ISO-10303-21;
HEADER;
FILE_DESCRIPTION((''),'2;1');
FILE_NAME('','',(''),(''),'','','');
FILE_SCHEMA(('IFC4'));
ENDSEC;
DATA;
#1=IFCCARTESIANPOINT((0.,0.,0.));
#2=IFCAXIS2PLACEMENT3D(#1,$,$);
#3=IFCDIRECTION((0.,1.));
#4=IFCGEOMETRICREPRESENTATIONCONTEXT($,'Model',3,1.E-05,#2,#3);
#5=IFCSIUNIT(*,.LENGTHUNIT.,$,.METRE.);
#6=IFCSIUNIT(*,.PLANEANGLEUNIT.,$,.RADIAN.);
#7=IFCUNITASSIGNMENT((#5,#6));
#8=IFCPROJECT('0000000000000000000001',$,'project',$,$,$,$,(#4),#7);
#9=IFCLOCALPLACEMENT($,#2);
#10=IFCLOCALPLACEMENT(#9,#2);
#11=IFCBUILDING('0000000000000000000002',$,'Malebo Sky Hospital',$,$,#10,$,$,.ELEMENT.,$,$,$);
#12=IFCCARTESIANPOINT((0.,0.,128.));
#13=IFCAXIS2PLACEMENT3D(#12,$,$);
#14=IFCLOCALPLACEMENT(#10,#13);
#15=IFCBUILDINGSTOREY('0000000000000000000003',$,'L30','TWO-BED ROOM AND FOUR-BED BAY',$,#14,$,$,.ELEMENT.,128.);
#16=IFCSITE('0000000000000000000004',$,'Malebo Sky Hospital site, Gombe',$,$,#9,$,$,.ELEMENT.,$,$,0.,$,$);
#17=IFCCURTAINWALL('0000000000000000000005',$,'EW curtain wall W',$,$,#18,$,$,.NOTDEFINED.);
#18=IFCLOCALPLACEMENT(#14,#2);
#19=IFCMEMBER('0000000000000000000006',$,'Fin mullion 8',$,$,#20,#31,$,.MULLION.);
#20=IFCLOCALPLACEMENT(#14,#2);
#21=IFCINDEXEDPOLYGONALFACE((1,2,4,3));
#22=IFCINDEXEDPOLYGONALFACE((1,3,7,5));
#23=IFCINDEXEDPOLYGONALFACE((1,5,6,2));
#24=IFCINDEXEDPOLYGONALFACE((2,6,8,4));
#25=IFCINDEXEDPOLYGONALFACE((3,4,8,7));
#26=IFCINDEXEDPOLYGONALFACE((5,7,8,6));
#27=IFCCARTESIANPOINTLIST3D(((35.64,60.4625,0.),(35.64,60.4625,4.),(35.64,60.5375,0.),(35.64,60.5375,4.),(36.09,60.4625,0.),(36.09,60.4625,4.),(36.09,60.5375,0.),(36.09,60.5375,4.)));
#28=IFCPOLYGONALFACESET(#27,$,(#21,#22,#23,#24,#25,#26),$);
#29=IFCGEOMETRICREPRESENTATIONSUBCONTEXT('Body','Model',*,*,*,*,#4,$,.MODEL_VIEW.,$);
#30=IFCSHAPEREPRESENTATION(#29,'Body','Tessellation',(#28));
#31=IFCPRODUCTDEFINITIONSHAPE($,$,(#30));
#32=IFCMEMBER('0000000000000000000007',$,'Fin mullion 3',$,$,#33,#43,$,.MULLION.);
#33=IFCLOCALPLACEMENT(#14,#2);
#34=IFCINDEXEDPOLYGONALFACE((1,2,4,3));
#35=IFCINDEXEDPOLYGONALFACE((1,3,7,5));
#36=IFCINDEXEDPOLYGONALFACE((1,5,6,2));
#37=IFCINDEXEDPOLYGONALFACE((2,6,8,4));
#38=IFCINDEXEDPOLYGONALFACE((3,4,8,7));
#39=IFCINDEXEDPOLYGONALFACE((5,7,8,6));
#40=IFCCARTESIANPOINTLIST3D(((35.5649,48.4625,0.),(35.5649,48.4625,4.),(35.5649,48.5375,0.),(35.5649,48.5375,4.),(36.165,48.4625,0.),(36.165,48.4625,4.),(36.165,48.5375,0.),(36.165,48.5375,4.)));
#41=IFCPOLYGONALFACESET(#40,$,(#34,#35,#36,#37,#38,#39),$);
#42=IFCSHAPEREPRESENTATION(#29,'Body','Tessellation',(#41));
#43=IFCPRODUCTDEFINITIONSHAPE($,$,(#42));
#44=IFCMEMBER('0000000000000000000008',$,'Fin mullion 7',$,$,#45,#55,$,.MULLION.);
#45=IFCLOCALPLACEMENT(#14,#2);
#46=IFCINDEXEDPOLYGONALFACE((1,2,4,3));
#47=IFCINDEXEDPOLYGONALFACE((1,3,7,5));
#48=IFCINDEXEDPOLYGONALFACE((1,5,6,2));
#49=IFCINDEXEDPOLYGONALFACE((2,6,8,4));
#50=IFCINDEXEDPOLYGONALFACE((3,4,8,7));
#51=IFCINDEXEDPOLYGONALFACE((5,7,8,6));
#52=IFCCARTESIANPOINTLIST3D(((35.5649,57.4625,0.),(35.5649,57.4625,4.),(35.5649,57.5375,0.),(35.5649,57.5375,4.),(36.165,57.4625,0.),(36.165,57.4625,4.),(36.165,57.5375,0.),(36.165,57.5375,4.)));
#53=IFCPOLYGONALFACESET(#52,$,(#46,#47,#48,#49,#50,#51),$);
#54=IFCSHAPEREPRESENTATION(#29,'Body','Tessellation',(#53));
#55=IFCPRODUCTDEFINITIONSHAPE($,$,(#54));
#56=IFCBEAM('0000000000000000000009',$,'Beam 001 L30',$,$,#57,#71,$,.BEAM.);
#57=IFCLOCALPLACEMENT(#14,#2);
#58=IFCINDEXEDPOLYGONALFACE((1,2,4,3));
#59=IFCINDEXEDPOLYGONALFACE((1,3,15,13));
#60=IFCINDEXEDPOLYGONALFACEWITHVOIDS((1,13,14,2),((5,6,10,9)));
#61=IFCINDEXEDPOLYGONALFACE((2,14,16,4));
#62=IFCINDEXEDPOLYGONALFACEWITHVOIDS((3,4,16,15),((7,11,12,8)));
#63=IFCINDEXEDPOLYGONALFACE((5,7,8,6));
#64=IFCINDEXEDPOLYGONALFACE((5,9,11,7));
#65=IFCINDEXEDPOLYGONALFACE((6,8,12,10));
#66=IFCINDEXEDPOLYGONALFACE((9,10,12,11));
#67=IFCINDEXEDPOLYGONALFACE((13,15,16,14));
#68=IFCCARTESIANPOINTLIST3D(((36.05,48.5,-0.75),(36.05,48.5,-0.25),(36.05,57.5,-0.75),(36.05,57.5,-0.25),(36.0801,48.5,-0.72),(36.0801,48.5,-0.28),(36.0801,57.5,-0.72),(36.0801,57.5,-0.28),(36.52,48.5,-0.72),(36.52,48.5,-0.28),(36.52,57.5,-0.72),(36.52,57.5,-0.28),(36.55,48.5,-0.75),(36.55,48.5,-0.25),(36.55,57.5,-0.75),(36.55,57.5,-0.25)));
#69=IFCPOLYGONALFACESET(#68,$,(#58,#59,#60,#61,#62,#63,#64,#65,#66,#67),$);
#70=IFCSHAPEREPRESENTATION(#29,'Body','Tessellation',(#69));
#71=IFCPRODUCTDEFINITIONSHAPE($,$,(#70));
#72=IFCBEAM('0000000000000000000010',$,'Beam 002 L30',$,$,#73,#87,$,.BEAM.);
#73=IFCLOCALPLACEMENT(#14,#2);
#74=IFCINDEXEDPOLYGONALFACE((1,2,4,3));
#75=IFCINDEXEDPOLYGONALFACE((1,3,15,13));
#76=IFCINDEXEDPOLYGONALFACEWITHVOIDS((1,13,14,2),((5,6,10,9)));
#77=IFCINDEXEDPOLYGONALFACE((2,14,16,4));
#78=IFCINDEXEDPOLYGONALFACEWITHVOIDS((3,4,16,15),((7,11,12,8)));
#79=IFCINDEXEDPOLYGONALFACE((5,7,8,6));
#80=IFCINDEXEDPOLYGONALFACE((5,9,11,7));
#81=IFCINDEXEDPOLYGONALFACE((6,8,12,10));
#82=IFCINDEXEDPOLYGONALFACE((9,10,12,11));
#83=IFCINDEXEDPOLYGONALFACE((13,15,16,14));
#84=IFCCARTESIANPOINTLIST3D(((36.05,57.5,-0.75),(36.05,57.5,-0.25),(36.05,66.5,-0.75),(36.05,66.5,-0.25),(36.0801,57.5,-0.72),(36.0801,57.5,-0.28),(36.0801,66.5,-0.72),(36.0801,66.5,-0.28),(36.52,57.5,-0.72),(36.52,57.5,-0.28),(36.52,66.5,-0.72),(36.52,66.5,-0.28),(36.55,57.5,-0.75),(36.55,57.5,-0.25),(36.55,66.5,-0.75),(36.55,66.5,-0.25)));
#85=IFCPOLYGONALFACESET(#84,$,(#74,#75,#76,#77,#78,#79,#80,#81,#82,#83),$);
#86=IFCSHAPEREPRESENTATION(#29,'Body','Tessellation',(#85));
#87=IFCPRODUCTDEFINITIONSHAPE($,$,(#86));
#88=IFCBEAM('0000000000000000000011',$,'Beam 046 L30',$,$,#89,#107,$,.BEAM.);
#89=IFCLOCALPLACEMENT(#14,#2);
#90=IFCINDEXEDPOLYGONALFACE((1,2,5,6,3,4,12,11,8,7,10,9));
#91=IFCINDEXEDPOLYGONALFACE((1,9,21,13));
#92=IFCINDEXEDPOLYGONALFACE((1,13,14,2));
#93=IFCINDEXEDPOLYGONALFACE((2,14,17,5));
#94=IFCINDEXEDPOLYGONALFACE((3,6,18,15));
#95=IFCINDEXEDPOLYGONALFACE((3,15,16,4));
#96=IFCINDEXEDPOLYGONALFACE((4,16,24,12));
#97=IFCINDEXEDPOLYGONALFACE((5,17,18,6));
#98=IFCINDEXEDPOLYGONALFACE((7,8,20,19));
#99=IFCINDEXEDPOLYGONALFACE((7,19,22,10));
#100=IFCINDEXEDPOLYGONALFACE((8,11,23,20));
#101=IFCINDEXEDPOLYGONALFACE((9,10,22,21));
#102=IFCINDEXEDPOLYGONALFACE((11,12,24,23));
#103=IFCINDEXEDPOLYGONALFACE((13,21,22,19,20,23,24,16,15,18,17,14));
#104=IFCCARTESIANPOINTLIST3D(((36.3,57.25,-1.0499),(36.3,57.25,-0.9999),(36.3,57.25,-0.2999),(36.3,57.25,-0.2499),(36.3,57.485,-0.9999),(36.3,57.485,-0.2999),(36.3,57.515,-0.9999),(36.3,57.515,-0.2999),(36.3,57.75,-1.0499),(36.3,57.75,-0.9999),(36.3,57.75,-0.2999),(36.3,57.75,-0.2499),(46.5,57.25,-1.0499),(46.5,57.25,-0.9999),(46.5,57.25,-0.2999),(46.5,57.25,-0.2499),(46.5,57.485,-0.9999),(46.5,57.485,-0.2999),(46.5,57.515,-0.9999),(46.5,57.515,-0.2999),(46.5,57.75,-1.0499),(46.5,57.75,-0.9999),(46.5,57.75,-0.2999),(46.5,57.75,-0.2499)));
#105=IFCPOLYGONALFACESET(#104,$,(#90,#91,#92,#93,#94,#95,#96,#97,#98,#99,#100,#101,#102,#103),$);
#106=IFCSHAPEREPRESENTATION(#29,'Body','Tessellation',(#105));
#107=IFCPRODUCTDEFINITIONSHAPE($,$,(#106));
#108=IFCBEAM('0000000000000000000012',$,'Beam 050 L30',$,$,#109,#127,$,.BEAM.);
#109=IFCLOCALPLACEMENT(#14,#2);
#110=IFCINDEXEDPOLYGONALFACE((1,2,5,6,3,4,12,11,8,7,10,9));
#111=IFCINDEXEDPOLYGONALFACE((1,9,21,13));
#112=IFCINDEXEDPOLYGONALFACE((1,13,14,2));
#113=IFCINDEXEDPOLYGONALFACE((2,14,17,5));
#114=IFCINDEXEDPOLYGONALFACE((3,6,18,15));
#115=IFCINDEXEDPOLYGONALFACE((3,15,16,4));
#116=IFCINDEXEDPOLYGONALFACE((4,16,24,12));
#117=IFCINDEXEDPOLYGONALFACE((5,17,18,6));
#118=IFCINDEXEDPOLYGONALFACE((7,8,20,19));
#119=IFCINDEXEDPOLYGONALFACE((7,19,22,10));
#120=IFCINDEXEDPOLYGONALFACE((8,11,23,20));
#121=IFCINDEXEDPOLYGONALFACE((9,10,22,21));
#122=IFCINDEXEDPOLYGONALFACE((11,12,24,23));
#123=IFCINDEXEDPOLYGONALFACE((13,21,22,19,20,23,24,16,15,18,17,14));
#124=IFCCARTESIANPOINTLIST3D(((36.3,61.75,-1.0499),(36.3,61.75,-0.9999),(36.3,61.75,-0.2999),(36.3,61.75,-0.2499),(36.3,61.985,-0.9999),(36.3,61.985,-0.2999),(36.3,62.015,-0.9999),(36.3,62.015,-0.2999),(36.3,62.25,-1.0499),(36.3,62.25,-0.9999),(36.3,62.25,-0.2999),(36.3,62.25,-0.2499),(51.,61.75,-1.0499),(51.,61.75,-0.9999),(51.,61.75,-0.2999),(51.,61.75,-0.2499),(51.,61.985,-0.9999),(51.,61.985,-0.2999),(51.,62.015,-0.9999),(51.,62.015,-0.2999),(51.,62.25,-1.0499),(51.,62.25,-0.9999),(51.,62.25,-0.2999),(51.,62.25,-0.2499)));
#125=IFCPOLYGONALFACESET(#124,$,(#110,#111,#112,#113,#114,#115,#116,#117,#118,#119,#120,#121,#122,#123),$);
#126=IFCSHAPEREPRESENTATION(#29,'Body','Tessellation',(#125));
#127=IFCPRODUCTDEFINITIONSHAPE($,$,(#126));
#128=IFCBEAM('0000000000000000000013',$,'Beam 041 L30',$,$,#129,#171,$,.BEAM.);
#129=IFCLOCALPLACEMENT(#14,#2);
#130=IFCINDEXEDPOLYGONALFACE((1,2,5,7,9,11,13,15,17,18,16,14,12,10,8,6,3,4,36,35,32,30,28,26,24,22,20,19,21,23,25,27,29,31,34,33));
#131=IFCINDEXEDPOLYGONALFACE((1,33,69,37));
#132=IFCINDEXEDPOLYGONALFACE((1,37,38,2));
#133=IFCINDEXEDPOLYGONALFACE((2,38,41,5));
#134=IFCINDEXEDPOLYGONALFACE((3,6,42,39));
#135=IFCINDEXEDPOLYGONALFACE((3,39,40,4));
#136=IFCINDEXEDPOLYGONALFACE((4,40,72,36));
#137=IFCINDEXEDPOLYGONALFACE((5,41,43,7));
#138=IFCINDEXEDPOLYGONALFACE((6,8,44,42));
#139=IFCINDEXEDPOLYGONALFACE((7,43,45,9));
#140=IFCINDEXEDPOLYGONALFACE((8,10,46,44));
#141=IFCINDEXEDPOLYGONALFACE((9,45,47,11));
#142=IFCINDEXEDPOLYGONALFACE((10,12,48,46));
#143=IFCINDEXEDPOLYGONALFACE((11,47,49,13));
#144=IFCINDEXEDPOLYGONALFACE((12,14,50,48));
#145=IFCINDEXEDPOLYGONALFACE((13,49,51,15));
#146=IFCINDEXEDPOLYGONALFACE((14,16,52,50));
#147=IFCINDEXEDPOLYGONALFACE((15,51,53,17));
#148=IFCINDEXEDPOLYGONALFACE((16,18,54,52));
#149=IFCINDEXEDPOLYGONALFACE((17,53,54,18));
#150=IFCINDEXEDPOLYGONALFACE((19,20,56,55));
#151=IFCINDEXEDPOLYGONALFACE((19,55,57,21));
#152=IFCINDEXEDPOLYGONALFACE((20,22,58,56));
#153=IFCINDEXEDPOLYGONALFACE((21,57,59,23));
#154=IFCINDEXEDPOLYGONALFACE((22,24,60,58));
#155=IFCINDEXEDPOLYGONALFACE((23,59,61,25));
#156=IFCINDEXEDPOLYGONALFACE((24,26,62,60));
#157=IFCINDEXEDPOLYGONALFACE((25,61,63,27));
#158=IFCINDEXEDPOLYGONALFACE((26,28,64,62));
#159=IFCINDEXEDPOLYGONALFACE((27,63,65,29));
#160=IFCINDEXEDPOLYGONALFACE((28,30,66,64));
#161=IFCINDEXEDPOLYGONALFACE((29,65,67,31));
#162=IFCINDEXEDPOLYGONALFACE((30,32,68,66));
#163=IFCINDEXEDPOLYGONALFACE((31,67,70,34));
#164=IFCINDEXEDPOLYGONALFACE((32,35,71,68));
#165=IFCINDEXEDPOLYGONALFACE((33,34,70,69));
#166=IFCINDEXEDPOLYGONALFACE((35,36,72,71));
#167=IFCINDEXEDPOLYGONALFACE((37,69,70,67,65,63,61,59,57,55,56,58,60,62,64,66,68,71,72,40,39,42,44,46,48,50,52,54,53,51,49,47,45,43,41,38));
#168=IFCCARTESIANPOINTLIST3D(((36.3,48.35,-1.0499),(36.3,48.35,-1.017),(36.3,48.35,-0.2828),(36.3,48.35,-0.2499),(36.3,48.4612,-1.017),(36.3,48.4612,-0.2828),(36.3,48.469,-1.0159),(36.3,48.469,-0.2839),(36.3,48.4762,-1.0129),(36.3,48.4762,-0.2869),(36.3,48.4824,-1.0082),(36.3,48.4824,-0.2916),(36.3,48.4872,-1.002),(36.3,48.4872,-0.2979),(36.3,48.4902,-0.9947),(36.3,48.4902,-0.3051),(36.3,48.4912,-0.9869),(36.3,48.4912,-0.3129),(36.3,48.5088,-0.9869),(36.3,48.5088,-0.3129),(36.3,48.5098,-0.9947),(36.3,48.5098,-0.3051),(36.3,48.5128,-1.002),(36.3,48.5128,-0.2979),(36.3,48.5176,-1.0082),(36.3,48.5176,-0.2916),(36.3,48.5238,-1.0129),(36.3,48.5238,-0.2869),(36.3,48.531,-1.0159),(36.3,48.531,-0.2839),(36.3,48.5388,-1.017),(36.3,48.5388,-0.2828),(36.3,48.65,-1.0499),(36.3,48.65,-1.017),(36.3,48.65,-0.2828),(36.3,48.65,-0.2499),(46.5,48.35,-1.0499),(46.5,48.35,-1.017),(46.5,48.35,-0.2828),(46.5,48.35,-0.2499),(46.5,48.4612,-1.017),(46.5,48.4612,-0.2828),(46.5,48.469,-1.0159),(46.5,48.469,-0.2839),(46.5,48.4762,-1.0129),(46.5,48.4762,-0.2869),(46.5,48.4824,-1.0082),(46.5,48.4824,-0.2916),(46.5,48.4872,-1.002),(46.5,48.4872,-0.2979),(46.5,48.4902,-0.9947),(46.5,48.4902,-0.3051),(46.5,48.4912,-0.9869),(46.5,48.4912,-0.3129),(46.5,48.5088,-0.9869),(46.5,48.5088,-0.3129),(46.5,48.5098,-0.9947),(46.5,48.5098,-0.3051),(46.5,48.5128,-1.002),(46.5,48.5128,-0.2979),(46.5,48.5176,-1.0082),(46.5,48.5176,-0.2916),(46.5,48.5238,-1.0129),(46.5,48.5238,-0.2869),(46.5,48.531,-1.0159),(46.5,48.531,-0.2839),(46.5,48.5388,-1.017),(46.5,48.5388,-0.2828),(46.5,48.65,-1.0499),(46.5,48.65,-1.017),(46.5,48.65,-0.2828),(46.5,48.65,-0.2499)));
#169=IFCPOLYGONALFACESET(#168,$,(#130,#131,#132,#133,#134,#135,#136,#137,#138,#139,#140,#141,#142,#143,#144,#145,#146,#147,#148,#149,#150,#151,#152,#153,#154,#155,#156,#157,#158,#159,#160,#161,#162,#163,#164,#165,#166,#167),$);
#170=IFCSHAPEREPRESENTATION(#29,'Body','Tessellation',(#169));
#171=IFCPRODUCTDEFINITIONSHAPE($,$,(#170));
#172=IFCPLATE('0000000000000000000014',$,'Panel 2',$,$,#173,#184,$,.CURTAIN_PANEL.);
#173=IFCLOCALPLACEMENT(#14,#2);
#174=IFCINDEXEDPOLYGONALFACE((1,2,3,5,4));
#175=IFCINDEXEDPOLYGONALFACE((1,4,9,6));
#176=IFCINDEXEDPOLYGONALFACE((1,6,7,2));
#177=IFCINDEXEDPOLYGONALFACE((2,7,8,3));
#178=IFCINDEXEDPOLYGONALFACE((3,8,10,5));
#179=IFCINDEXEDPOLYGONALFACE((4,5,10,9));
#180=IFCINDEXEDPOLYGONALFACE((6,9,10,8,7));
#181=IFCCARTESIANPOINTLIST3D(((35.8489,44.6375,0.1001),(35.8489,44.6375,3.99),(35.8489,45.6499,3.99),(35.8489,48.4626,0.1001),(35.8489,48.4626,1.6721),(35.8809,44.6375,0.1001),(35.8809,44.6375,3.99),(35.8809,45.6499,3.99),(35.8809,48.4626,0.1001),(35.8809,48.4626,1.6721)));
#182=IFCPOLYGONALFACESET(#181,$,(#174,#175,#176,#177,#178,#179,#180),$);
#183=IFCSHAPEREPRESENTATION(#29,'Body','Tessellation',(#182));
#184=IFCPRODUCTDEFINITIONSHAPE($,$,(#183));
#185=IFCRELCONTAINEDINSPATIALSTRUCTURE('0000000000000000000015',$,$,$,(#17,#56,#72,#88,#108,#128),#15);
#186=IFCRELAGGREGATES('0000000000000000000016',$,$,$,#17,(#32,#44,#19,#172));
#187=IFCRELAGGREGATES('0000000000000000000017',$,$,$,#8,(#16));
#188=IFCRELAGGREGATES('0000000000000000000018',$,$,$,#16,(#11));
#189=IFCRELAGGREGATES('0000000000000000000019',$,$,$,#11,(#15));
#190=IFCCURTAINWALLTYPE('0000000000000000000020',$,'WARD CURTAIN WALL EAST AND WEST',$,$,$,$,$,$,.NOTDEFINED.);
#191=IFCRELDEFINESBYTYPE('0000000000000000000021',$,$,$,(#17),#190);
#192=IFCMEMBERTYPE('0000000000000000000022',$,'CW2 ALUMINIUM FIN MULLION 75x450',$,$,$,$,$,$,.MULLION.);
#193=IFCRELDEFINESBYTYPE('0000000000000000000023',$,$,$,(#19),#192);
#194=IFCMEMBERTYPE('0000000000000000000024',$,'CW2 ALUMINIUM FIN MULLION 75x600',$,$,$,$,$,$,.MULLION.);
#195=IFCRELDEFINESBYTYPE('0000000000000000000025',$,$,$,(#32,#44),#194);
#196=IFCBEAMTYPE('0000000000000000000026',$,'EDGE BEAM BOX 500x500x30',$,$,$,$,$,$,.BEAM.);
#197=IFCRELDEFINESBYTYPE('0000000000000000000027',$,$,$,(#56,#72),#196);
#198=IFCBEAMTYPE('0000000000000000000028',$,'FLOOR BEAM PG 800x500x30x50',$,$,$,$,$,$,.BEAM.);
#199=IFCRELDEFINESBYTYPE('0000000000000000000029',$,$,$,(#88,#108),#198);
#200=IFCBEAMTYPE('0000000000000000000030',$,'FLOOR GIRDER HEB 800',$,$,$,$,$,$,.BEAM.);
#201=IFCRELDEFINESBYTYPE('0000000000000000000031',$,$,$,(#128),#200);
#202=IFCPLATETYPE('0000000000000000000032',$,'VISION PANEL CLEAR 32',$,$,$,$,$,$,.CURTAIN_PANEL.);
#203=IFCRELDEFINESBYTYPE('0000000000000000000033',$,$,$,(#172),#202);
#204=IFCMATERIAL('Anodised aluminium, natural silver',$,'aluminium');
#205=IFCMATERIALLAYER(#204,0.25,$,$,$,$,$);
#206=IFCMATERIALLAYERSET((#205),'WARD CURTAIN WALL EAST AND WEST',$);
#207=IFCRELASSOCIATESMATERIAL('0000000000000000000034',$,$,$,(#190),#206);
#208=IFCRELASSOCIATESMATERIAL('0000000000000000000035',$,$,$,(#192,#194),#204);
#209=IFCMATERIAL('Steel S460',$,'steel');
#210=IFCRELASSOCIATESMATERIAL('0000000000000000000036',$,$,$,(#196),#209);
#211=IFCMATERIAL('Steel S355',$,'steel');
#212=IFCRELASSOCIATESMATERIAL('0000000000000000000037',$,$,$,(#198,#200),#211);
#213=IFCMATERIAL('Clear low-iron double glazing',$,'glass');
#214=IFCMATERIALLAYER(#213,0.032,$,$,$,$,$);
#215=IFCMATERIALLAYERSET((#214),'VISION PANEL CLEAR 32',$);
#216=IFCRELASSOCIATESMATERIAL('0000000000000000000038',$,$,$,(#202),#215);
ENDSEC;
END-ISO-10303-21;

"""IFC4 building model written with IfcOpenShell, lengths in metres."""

from ifc_helpers import new_model, si_unit, direction, frame, origin, origin_2d, place, context, subcontext, project, spatial, polyline, rectangle, hollow_rectangle, i_section, outline, extrude, material, layer, layer_set, material_profile, profile_set, type_object, element, aggregate, save


model = new_model("IFC4")

# Units and contexts
model_context = context("Model", 3, precision=1e-05, world=origin(), true_north=direction((0.0, 1.0)))
body_context = subcontext(model_context, "Body", "Model", "MODEL_VIEW")
ifc_project = project(units=[si_unit("LENGTHUNIT", "METRE"), si_unit("PLANEANGLEUNIT", "RADIAN")], contexts=[model_context])

# Site, building, storey
site_placement = place(None, origin())
site = spatial("IfcSite", under=ifc_project, at=site_placement, Name="Malebo Sky Hospital site, Gombe", CompositionType="ELEMENT", RefElevation=0.0)
building_placement = place(site_placement, origin())
building = spatial("IfcBuilding", under=site, at=building_placement, Name="Malebo Sky Hospital", CompositionType="ELEMENT")
storey_placement = place(building_placement, frame((0.0, 0.0, 128.0)))
storey = spatial("IfcBuildingStorey", under=building, at=storey_placement, Name="L30", Description="TWO-BED ROOM AND FOUR-BED BAY", CompositionType="ELEMENT", Elevation=128.0)

# Shared definitions
ifc_material_1 = material(Name="Steel S460", Category="steel")

# Curtain wall
ifc_material_2 = material(Name="Anodised aluminium, natural silver", Category="aluminium")
ifc_layer_1 = layer(ifc_material_2, 0.25)
ifc_layer_set_1 = layer_set([ifc_layer_1], Name="WARD CURTAIN WALL EAST AND WEST")
curtain_wall_type = type_object("IfcCurtainWallType", Name="WARD CURTAIN WALL EAST AND WEST", PredefinedType="NOTDEFINED", material=ifc_layer_set_1)
curtain_wall_placement = place(storey_placement, origin())
curtain_wall = element("IfcCurtainWall", 1, at=curtain_wall_placement, inside=storey, type_object=curtain_wall_type, Name="EW curtain wall W", PredefinedType="NOTDEFINED")

# Members
ifc_material_3 = material(Name="Steel S355", Category="steel")
ifc_material_profile_1 = material_profile(ifc_material_2, rectangle(XDim=0.075, YDim=0.45, at=origin_2d()), Name="CW2 ALUMINIUM FIN MULLION 75x450")
ifc_profile_set_1 = profile_set([ifc_material_profile_1], Name="Anodised aluminium, natural silver")
member_type_1 = type_object("IfcMemberType", Name="CW2 ALUMINIUM FIN MULLION 75x450", PredefinedType="MULLION", material=ifc_profile_set_1)
member_1_placement = place(storey_placement, frame((35.865, 60.5, 0.0), z_axis=(0.0, 0.0, 1.0), x_axis=(0.0, 1.0, 0.0)))
member_1 = element("IfcMember", 2, at=member_1_placement, type_object=member_type_1, Name="Fin mullion 8", PredefinedType="MULLION", context=body_context, shape_type="SweptSolid", body=[
    extrude(rectangle(XDim=0.075, YDim=0.45, at=origin_2d()), origin(), (0.0, 0.0, 1.0), 4.0),
])
ifc_material_profile_2 = material_profile(ifc_material_2, rectangle(XDim=0.075, YDim=0.6001, at=origin_2d()), Name="CW2 ALUMINIUM FIN MULLION 75x600")
ifc_profile_set_2 = profile_set([ifc_material_profile_2], Name="Anodised aluminium, natural silver")
member_type_2 = type_object("IfcMemberType", Name="CW2 ALUMINIUM FIN MULLION 75x600", PredefinedType="MULLION", material=ifc_profile_set_2)
member_2_placement = place(storey_placement, frame((35.865, 48.5, 0.0), z_axis=(0.0, 0.0, 1.0), x_axis=(0.0, 1.0, 0.0)))
member_2 = element("IfcMember", 3, at=member_2_placement, type_object=member_type_2, Name="Fin mullion 3", PredefinedType="MULLION", context=body_context, shape_type="SweptSolid", body=[
    extrude(rectangle(XDim=0.075, YDim=0.6001, at=origin_2d()), origin(), (0.0, 0.0, 1.0), 4.0),
])
member_3_placement = place(storey_placement, frame((35.865, 57.5, 0.0), z_axis=(0.0, 0.0, 1.0), x_axis=(0.0, 1.0, 0.0)))
member_3 = element("IfcMember", 4, at=member_3_placement, type_object=member_type_2, Name="Fin mullion 7", PredefinedType="MULLION", context=body_context, shape_type="SweptSolid", body=[
    extrude(rectangle(XDim=0.075, YDim=0.6001, at=origin_2d()), origin(), (0.0, 0.0, 1.0), 4.0),
])

# Beams
ifc_material_profile_3 = material_profile(ifc_material_1, hollow_rectangle(XDim=0.5, YDim=0.5, WallThickness=0.03, at=origin_2d()), Name="BOX 500x500x30")
ifc_profile_set_3 = profile_set([ifc_material_profile_3], Name="Steel S460")
beam_type_1 = type_object("IfcBeamType", Name="EDGE BEAM BOX 500x500x30", PredefinedType="BEAM", material=ifc_profile_set_3)
for number, where, z_axis, x_axis, name in (
    (5, (36.3, 48.5, -0.5), (0.0, 1.0, 0.0), (-1.0, 0.0, 0.0), "Beam 001 L30"),
    (6, (36.3, 57.5, -0.5), (0.0, 1.0, 0.0), (-1.0, 0.0, 0.0), "Beam 002 L30"),
):
    element("IfcBeam", number, at=place(storey_placement, frame(where, z_axis=z_axis, x_axis=x_axis)), inside=storey, type_object=beam_type_1, Name=name, PredefinedType="BEAM", context=body_context, shape_type="SweptSolid", body=[
        extrude(hollow_rectangle(XDim=0.5, YDim=0.5, WallThickness=0.03, at=origin_2d()), origin(), (0.0, 0.0, 1.0), 9.0),
    ])
ifc_material_profile_4 = material_profile(ifc_material_3, i_section(OverallWidth=0.5, OverallDepth=0.8, WebThickness=0.03, FlangeThickness=0.05, at=origin_2d()), Name="PG 800x500x30x50")
ifc_profile_set_4 = profile_set([ifc_material_profile_4], Name="Steel S355")
beam_type_2 = type_object("IfcBeamType", Name="FLOOR BEAM PG 800x500x30x50", PredefinedType="BEAM", material=ifc_profile_set_4)
beam_1_placement = place(storey_placement, frame((36.3, 57.5, -0.6499), z_axis=(1.0, 0.0, 0.0), x_axis=(0.0, 1.0, 0.0)))
element("IfcBeam", 7, at=beam_1_placement, inside=storey, type_object=beam_type_2, Name="Beam 046 L30", PredefinedType="BEAM", context=body_context, shape_type="SweptSolid", body=[
    extrude(i_section(OverallWidth=0.5, OverallDepth=0.8, WebThickness=0.03, FlangeThickness=0.05, at=origin_2d()), origin(), (0.0, 0.0, 1.0), 10.2),
])
beam_2_placement = place(storey_placement, frame((36.3, 62.0, -0.6499), z_axis=(1.0, 0.0, 0.0), x_axis=(0.0, 1.0, 0.0)))
element("IfcBeam", 8, at=beam_2_placement, inside=storey, type_object=beam_type_2, Name="Beam 050 L30", PredefinedType="BEAM", context=body_context, shape_type="SweptSolid", body=[
    extrude(i_section(OverallWidth=0.5, OverallDepth=0.8, WebThickness=0.03, FlangeThickness=0.05, at=origin_2d()), origin(), (0.0, 0.0, 1.0), 14.7),
])
ifc_material_profile_5 = material_profile(ifc_material_3, i_section(OverallWidth=0.3, OverallDepth=0.8, WebThickness=0.0176, FlangeThickness=0.033, FilletRadius=0.03, at=origin_2d()), Name="HEB 800")
ifc_profile_set_5 = profile_set([ifc_material_profile_5], Name="Steel S355")
beam_type_3 = type_object("IfcBeamType", Name="FLOOR GIRDER HEB 800", PredefinedType="BEAM", material=ifc_profile_set_5)
beam_3_placement = place(storey_placement, frame((36.3, 48.5, -0.6499), z_axis=(1.0, 0.0, 0.0), x_axis=(0.0, 1.0, 0.0)))
element("IfcBeam", 9, at=beam_3_placement, inside=storey, type_object=beam_type_3, Name="Beam 041 L30", PredefinedType="BEAM", context=body_context, shape_type="SweptSolid", body=[
    extrude(i_section(OverallWidth=0.3, OverallDepth=0.8, WebThickness=0.0176, FlangeThickness=0.033, FilletRadius=0.03, at=origin_2d()), origin(), (0.0, 0.0, 1.0), 10.2),
])

# Plate
ifc_material_4 = material(Name="Clear low-iron double glazing", Category="glass")
ifc_layer_2 = layer(ifc_material_4, 0.032)
ifc_layer_set_2 = layer_set([ifc_layer_2], Name="VISION PANEL CLEAR 32")
plate_type = type_object("IfcPlateType", Name="VISION PANEL CLEAR 32", PredefinedType="CURTAIN_PANEL", material=ifc_layer_set_2)
plate_1_placement = place(storey_placement, frame((35.865, 46.55, 0.1001), z_axis=(0.0, 0.0, 1.0), x_axis=(0.0, 1.0, 0.0)))
plate_1 = element("IfcPlate", 10, at=plate_1_placement, type_object=plate_type, Name="Panel 2", PredefinedType="CURTAIN_PANEL", context=body_context, shape_type="SweptSolid", body=[
    extrude(outline(polyline([(-1.9126, 0.0), (1.9126, 0.0), (1.9126, 1.572), (-0.9001, 3.8899), (-1.9126, 3.8899), (-1.9126, 0.0)])), frame((0.0, 0.0161, 0.0), z_axis=(0.0, -1.0, 0.0), x_axis=(1.0, 0.0, 0.0)), (0.0, 0.0, 1.0), 0.032),
])
aggregate(curtain_wall, [member_2, member_3, member_1, plate_1])

save(model, "model.ifc")
